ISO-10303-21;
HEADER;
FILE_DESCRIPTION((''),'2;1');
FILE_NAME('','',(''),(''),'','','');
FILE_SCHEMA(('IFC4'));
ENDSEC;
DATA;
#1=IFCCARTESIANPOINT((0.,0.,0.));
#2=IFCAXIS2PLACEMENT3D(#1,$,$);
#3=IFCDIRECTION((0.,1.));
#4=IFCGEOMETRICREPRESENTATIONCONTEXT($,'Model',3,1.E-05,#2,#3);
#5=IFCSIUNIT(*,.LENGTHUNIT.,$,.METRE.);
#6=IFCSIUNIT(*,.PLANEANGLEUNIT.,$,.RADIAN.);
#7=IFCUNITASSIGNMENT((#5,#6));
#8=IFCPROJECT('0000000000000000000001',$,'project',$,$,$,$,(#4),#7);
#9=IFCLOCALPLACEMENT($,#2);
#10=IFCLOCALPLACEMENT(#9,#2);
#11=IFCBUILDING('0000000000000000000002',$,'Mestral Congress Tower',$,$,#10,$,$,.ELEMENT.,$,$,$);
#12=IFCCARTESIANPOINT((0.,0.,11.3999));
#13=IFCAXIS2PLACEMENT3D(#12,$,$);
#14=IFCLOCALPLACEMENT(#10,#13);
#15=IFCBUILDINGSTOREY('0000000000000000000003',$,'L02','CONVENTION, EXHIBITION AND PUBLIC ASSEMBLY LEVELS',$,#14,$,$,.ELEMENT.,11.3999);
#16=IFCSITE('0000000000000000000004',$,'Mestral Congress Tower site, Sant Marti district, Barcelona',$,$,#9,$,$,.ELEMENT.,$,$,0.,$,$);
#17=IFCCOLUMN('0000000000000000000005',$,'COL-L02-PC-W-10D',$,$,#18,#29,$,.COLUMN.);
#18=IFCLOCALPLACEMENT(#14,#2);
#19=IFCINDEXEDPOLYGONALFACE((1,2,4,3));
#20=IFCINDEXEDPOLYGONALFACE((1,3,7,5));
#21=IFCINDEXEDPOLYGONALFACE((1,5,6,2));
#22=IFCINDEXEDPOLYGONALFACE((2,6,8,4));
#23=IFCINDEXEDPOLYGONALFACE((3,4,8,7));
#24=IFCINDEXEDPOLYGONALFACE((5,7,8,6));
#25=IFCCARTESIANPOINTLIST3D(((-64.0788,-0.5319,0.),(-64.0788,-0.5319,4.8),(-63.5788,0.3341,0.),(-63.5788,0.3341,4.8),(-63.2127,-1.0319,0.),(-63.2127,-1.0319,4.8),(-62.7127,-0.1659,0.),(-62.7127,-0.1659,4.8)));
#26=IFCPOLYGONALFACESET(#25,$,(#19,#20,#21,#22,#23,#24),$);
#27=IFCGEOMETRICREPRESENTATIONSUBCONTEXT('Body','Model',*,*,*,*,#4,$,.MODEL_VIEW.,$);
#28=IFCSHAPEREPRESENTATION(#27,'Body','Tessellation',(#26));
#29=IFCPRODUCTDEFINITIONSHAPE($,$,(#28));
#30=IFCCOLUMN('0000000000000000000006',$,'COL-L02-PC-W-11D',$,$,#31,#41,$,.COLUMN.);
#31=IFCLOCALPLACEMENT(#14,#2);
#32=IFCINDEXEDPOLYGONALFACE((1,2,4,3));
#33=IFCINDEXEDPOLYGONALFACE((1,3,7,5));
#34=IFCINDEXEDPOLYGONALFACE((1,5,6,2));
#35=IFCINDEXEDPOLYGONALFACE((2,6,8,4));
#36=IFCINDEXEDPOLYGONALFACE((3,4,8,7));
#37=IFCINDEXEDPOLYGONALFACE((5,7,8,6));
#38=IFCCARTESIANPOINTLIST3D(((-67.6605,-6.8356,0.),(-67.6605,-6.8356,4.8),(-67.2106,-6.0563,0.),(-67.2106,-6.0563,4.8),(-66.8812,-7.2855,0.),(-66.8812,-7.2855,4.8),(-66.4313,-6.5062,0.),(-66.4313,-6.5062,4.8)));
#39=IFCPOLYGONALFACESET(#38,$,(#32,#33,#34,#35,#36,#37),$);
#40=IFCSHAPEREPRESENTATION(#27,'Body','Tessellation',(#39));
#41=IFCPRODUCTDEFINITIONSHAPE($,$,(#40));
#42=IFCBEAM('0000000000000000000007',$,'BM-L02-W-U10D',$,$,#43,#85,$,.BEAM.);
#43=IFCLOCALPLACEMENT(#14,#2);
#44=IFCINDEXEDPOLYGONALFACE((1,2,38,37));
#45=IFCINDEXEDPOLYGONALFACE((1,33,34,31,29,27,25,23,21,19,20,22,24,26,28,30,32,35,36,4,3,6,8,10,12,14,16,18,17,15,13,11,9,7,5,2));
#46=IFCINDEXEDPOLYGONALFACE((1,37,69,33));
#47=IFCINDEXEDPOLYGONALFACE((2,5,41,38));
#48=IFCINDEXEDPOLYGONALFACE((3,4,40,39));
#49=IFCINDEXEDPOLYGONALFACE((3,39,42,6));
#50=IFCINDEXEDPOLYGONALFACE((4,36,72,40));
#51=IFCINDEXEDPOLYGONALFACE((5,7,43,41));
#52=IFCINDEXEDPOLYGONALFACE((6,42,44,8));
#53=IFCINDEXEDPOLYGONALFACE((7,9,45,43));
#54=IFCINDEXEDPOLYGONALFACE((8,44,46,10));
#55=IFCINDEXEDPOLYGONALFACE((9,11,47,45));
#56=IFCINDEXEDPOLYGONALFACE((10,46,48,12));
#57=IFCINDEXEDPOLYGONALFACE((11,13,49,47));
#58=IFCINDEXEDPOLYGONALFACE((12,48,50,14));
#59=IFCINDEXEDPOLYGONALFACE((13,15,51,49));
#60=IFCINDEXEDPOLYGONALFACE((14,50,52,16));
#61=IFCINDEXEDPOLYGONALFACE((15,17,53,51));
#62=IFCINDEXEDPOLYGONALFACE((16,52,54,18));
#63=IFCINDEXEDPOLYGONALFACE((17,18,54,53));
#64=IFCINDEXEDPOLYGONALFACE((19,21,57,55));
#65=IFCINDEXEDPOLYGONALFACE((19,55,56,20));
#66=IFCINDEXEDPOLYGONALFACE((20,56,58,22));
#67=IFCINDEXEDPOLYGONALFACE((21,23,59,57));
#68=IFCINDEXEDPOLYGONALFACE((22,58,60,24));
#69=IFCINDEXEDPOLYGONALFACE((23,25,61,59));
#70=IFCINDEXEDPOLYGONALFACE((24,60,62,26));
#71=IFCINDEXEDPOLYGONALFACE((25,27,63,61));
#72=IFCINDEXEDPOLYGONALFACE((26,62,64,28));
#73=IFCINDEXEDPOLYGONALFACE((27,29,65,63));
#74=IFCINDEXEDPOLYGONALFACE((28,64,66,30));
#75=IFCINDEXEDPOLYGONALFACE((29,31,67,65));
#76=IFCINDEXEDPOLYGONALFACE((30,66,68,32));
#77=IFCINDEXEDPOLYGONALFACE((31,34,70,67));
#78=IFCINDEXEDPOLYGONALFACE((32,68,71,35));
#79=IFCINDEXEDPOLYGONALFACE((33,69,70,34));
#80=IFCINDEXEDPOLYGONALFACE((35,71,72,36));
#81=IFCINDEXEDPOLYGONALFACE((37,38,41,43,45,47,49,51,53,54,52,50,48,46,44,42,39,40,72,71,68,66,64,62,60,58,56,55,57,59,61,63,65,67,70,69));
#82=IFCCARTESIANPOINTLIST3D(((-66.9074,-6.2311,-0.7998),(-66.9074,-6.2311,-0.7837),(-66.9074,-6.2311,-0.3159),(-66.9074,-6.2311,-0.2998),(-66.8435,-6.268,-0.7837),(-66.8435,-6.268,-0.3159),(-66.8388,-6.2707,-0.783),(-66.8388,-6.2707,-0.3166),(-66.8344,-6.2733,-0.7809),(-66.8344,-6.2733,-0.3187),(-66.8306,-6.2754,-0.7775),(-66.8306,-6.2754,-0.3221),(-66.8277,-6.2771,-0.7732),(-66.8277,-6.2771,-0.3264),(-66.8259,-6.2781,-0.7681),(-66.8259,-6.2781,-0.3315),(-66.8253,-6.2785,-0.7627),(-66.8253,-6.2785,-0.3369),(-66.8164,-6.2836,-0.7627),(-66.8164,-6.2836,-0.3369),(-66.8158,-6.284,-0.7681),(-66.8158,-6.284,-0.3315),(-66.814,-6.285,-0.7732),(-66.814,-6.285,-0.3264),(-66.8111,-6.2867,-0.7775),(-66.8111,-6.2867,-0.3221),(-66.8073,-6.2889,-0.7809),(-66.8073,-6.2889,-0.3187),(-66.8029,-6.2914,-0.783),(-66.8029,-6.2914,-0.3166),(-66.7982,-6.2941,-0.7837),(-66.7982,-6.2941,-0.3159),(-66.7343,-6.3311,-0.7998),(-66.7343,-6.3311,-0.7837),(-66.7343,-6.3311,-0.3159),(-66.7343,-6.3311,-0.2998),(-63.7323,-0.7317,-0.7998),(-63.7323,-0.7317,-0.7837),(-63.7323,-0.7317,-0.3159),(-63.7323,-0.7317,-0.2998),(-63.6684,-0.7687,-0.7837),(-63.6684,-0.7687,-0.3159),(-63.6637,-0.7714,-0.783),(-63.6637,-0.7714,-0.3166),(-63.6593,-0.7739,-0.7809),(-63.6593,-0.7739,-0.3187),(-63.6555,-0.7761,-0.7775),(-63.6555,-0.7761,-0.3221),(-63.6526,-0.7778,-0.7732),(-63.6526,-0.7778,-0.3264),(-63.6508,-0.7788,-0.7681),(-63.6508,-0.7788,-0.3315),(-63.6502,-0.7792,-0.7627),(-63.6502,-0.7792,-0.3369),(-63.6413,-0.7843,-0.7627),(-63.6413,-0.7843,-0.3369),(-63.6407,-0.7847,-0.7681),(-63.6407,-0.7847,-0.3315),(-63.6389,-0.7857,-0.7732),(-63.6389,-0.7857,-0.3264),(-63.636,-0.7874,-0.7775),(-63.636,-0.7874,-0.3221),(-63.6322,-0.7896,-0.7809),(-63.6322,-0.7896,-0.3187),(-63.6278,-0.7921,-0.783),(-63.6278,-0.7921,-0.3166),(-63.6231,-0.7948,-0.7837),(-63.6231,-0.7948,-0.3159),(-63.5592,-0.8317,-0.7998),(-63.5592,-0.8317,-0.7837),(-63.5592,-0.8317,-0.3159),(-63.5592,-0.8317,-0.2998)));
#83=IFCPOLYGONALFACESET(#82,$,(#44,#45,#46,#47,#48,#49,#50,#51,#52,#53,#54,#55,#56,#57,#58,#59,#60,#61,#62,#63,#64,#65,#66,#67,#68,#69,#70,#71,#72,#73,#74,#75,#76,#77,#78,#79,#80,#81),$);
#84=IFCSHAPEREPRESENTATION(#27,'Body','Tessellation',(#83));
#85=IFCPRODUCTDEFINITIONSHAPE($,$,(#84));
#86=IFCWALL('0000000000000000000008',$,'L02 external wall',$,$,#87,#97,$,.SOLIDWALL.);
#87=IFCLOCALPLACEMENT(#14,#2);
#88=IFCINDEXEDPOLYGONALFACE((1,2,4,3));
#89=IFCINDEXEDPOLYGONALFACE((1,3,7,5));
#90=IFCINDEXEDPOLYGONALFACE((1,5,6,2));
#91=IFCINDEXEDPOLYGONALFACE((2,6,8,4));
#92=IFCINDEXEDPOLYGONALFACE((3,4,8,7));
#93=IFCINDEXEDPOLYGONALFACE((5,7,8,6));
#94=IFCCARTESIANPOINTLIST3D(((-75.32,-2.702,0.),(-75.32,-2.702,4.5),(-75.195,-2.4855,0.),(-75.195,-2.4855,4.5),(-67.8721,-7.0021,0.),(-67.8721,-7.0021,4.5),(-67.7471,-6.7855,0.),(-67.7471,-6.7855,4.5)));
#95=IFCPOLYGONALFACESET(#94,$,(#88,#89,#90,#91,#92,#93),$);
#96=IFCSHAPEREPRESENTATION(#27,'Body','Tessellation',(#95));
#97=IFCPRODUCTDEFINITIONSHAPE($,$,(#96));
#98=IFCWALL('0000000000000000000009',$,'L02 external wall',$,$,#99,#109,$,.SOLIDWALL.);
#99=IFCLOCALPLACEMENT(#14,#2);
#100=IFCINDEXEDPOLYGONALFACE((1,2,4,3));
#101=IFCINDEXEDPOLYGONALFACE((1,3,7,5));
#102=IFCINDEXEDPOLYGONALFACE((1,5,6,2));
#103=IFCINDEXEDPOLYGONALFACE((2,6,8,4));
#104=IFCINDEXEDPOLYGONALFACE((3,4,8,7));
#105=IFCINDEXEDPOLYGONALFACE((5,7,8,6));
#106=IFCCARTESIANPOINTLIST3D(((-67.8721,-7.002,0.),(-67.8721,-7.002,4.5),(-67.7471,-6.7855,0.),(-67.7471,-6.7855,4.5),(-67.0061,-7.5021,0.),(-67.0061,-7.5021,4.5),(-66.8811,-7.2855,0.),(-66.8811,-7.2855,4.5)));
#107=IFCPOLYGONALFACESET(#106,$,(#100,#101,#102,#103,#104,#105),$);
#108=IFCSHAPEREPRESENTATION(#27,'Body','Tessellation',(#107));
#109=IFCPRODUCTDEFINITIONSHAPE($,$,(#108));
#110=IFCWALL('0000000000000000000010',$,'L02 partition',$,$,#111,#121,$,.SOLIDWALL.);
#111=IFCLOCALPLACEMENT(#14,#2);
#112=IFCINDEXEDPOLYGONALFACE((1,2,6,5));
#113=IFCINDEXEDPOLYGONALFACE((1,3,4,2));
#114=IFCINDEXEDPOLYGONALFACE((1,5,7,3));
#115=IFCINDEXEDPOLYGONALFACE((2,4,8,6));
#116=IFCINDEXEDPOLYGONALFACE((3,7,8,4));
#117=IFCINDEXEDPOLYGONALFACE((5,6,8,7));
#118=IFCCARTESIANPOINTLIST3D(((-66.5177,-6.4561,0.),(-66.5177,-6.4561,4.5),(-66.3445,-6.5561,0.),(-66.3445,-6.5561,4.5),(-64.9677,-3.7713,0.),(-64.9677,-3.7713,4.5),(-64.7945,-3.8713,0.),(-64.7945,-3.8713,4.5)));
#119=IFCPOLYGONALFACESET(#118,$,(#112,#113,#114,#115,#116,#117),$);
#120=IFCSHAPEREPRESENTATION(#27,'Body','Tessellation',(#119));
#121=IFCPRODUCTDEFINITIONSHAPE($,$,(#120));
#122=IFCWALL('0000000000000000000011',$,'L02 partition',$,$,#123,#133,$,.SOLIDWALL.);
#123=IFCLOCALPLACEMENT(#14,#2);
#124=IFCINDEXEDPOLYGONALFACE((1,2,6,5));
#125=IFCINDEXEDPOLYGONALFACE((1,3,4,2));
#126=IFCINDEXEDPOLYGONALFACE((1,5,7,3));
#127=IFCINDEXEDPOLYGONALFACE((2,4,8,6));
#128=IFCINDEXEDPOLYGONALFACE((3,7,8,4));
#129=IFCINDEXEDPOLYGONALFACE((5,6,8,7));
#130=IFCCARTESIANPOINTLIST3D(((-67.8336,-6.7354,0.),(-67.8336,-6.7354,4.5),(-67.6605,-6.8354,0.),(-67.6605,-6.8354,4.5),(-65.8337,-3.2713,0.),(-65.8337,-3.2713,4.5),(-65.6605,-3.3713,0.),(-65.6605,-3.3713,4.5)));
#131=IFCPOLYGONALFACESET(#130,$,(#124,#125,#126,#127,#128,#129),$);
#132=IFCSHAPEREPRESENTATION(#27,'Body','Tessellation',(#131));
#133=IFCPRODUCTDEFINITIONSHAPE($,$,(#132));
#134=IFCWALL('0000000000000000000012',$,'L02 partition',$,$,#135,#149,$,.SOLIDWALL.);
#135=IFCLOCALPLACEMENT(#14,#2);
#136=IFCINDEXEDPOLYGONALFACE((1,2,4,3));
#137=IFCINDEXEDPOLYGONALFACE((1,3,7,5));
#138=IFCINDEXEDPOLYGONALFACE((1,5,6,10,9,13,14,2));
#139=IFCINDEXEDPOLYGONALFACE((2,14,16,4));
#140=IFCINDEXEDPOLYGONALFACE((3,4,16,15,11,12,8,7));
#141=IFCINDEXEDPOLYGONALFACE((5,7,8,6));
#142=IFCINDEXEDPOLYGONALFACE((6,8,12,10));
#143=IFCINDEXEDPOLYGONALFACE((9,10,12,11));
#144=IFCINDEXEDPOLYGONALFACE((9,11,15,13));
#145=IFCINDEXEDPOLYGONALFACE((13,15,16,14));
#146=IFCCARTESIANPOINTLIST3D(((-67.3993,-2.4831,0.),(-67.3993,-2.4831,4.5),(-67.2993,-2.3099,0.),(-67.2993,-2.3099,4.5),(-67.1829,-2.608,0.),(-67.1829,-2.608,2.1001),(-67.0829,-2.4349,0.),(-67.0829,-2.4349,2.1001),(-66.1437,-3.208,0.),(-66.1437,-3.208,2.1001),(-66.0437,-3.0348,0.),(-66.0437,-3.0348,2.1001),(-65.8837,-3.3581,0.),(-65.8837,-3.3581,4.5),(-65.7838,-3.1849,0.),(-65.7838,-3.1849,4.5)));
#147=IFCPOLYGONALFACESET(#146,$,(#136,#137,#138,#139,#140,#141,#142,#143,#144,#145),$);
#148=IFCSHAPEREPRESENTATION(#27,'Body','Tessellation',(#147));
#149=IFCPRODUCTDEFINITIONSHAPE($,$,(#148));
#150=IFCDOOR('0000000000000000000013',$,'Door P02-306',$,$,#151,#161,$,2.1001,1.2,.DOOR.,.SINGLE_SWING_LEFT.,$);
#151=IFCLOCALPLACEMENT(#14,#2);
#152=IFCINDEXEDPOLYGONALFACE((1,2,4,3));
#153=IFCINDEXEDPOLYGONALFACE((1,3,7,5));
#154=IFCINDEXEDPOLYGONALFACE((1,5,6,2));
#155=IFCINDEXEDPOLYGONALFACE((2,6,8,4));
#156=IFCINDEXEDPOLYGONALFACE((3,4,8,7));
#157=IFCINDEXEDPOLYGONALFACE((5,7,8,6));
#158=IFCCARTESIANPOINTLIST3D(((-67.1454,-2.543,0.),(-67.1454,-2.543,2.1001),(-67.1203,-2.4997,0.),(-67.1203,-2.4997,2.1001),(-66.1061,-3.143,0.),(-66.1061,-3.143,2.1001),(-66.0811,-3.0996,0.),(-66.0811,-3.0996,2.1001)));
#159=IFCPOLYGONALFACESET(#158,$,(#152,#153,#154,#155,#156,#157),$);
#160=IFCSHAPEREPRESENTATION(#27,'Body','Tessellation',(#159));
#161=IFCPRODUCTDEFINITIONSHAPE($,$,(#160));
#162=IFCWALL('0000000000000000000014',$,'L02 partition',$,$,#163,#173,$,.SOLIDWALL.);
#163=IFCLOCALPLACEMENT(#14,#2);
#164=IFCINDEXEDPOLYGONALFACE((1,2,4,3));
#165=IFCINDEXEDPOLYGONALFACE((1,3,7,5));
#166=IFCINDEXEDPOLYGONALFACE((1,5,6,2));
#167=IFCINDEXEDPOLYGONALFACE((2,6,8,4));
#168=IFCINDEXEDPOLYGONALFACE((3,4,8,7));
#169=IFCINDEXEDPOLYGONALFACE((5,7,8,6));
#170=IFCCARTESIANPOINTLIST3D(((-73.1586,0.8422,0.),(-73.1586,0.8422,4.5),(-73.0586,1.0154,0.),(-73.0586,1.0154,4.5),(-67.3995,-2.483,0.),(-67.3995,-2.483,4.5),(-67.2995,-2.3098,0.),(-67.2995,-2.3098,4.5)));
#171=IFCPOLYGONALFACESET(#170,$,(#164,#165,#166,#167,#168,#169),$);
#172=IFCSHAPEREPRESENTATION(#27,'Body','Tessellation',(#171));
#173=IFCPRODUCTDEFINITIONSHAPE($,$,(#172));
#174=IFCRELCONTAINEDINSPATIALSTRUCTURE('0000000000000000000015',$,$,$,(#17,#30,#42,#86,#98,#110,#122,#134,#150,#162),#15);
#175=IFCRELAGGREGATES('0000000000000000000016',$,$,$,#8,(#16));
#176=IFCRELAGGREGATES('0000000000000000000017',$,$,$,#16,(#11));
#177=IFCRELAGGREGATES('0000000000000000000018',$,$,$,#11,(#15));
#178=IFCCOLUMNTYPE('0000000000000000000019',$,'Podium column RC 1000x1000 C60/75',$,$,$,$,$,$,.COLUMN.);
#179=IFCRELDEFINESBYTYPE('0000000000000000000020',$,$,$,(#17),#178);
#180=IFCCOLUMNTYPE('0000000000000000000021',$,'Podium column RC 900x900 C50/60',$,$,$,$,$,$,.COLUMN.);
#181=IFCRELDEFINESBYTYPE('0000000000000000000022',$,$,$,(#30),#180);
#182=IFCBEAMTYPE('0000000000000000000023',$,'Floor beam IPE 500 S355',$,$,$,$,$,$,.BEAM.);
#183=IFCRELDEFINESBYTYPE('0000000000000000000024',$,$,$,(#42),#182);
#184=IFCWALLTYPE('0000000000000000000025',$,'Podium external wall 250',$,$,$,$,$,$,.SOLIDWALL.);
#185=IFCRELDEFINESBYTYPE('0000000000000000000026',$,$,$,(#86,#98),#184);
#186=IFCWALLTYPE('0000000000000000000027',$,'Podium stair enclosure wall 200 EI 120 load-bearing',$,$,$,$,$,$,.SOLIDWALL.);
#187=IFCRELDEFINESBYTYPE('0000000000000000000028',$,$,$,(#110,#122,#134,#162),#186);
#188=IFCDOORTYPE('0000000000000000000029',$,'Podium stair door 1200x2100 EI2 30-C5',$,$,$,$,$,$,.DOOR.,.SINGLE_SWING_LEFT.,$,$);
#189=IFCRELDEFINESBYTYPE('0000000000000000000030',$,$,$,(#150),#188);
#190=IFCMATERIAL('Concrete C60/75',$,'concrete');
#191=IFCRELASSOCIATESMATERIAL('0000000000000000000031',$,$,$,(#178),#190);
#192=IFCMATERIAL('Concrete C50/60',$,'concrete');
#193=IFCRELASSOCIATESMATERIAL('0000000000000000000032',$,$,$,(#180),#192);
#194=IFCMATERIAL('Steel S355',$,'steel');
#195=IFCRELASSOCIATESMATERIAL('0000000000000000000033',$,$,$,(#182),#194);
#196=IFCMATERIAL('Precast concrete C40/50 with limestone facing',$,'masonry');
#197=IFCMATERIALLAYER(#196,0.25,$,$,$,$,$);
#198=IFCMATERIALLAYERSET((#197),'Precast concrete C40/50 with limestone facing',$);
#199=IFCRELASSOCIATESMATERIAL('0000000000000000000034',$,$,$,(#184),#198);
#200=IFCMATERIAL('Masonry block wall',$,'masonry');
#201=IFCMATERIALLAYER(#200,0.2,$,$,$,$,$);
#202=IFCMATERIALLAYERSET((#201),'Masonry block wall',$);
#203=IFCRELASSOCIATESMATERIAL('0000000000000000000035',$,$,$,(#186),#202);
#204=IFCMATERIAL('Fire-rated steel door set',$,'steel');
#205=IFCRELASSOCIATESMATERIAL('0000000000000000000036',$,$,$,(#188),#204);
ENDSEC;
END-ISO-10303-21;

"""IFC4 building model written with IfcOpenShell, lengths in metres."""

from ifc_helpers import new_model, si_unit, direction, frame, frame_2d, origin, origin_2d, place, context, subcontext, project, spatial, rectangle, i_section, extrude, material, layer, layer_set, material_profile, profile_set, type_object, element, fill, save


model = new_model("IFC4")

# Units and contexts
model_context = context("Model", 3, precision=1e-05, world=origin(), true_north=direction((0.0, 1.0)))
body_context = subcontext(model_context, "Body", "Model", "MODEL_VIEW")
ifc_project = project(units=[si_unit("LENGTHUNIT", "METRE"), si_unit("PLANEANGLEUNIT", "RADIAN")], contexts=[model_context])

# Site, building, storey
site_placement = place(None, origin())
site = spatial("IfcSite", under=ifc_project, at=site_placement, Name="Mestral Congress Tower site, Sant Marti district, Barcelona", CompositionType="ELEMENT", RefElevation=0.0)
building_placement = place(site_placement, origin())
building = spatial("IfcBuilding", under=site, at=building_placement, Name="Mestral Congress Tower", CompositionType="ELEMENT")
storey_placement = place(building_placement, frame((0.0, 0.0, 11.3999)))
storey = spatial("IfcBuildingStorey", under=building, at=storey_placement, Name="L02", Description="CONVENTION, EXHIBITION AND PUBLIC ASSEMBLY LEVELS", CompositionType="ELEMENT", Elevation=11.3999)

# Columns
ifc_material_1 = material(Name="Concrete C60/75", Category="concrete")
ifc_material_profile_1 = material_profile(ifc_material_1, rectangle(XDim=1.0, YDim=1.0, at=origin_2d()), Name="RC 1000x1000")
ifc_profile_set_1 = profile_set([ifc_material_profile_1], Name="Concrete C60/75")
column_type_1 = type_object("IfcColumnType", Name="Podium column RC 1000x1000 C60/75", PredefinedType="COLUMN", material=ifc_profile_set_1)
column_1_placement = place(storey_placement, frame((-63.3958, -0.3489, 0.0), z_axis=(0.0, 0.0, 1.0), x_axis=(-0.5, -0.866025, 0.0)))
element("IfcColumn", 1, at=column_1_placement, inside=storey, type_object=column_type_1, Name="COL-L02-PC-W-10D", PredefinedType="COLUMN", context=body_context, shape_type="SweptSolid", body=[
    extrude(rectangle(XDim=1.0, YDim=1.0, at=origin_2d()), origin(), (0.0, 0.0, 1.0), 4.8),
])
ifc_material_2 = material(Name="Concrete C50/60", Category="concrete")
ifc_material_profile_2 = material_profile(ifc_material_2, rectangle(XDim=0.8999, YDim=0.8999, at=origin_2d()), Name="RC 900x900")
ifc_profile_set_2 = profile_set([ifc_material_profile_2], Name="Concrete C50/60")
column_type_2 = type_object("IfcColumnType", Name="Podium column RC 900x900 C50/60", PredefinedType="COLUMN", material=ifc_profile_set_2)
column_2_placement = place(storey_placement, frame((-67.0459, -6.6709, 0.0), z_axis=(0.0, 0.0, 1.0), x_axis=(-0.5, -0.866025, 0.0)))
element("IfcColumn", 2, at=column_2_placement, inside=storey, type_object=column_type_2, Name="COL-L02-PC-W-11D", PredefinedType="COLUMN", context=body_context, shape_type="SweptSolid", body=[
    extrude(rectangle(XDim=0.8999, YDim=0.8999, at=origin_2d()), origin(), (0.0, 0.0, 1.0), 4.8),
])

# Beam
ifc_material_3 = material(Name="Steel S355", Category="steel")
ifc_material_profile_3 = material_profile(ifc_material_3, i_section(OverallWidth=0.2, OverallDepth=0.5, WebThickness=0.0103, FlangeThickness=0.0161, FilletRadius=0.021, at=origin_2d()), Name="IPE 500")
ifc_profile_set_3 = profile_set([ifc_material_profile_3], Name="Steel S355")
beam_type = type_object("IfcBeamType", Name="Floor beam IPE 500 S355", PredefinedType="BEAM", material=ifc_profile_set_3)
beam_placement = place(storey_placement, frame((-63.6458, -0.7817, -0.5498), z_axis=(-0.500005, -0.866022, 0.0), x_axis=(0.866022, -0.500005, 0.0)))
element("IfcBeam", 3, at=beam_placement, inside=storey, type_object=beam_type, Name="BM-L02-W-U10D", PredefinedType="BEAM", context=body_context, shape_type="SweptSolid", body=[
    extrude(i_section(OverallWidth=0.2, OverallDepth=0.5, WebThickness=0.0103, FlangeThickness=0.0161, FilletRadius=0.021, at=origin_2d()), origin(), (0.0, 0.0, 1.0), 6.3501),
])

# Walls
ifc_material_4 = material(Name="Precast concrete C40/50 with limestone facing", Category="masonry")
ifc_layer_1 = layer(ifc_material_4, 0.25)
ifc_layer_set_1 = layer_set([ifc_layer_1], Name="Precast concrete C40/50 with limestone facing")
wall_type_1 = type_object("IfcWallType", Name="Podium external wall 250", PredefinedType="SOLIDWALL", material=ifc_layer_set_1)
wall_1_placement = place(storey_placement, frame((-67.8096, -6.8938, 0.0), z_axis=(0.0, 0.0, 1.0), x_axis=(-0.866028, 0.499995, 0.0)))
element("IfcWall", 4, at=wall_1_placement, inside=storey, type_object=wall_type_1, Name="L02 external wall", PredefinedType="SOLIDWALL", context=body_context, shape_type="SweptSolid", body=[
    extrude(rectangle(XDim=8.6001, YDim=0.25, at=frame_2d((4.3, 0.0))), origin(), (0.0, 0.0, 1.0), 4.5),
])
wall_2_placement = place(storey_placement, frame((-66.9436, -7.3938, 0.0), z_axis=(0.0, 0.0, 1.0), x_axis=(-0.866011, 0.500025, 0.0)))
element("IfcWall", 5, at=wall_2_placement, inside=storey, type_object=wall_type_1, Name="L02 external wall", PredefinedType="SOLIDWALL", context=body_context, shape_type="SweptSolid", body=[
    extrude(rectangle(XDim=1.0, YDim=0.25, at=frame_2d((0.5, 0.0))), origin(), (0.0, 0.0, 1.0), 4.5),
])
ifc_material_5 = material(Name="Masonry block wall", Category="masonry")
ifc_layer_2 = layer(ifc_material_5, 0.2)
ifc_layer_set_2 = layer_set([ifc_layer_2], Name="Masonry block wall")
wall_type_2 = type_object("IfcWallType", Name="Podium stair enclosure wall 200 EI 120 load-bearing", PredefinedType="SOLIDWALL", material=ifc_layer_set_2)
wall_3_placement = place(storey_placement, frame((-64.8811, -3.8213, 0.0), z_axis=(0.0, 0.0, 1.0), x_axis=(-0.499993, -0.86603, 0.0)))
element("IfcWall", 6, at=wall_3_placement, inside=storey, type_object=wall_type_2, Name="L02 partition", PredefinedType="SOLIDWALL", context=body_context, shape_type="SweptSolid", body=[
    extrude(rectangle(XDim=3.1001, YDim=0.2, at=frame_2d((1.55, 0.0))), origin(), (0.0, 0.0, 1.0), 4.5),
])
wall_4_placement = place(storey_placement, frame((-65.7471, -3.3213, 0.0), z_axis=(0.0, 0.0, 1.0), x_axis=(-0.499999, -0.866026, 0.0)))
element("IfcWall", 7, at=wall_4_placement, inside=storey, type_object=wall_type_2, Name="L02 partition", PredefinedType="SOLIDWALL", context=body_context, shape_type="SweptSolid", body=[
    extrude(rectangle(XDim=4.0, YDim=0.2, at=frame_2d((2.0, 0.0))), origin(), (0.0, 0.0, 1.0), 4.5),
])

# Wall, opening, door
wall_5_placement = place(storey_placement, frame((-65.8337, -3.2715, 0.0), z_axis=(0.0, 0.0, 1.0), x_axis=(-0.866037, 0.49998, 0.0)))
wall_5 = element("IfcWall", 8, at=wall_5_placement, inside=storey, type_object=wall_type_2, Name="L02 partition", PredefinedType="SOLIDWALL", context=body_context, shape_type="SweptSolid", body=[
    extrude(rectangle(XDim=1.75, YDim=0.2, at=frame_2d((0.875, 0.0))), origin(), (0.0, 0.0, 1.0), 4.5),
])
opening_1_placement = place(wall_5_placement, frame((0.3, 0.0, 0.0)))
opening_1 = element("IfcOpeningElement", 9, at=opening_1_placement, cuts=wall_5, PredefinedType="OPENING", context=body_context, shape_type="SweptSolid", body=[
    extrude(rectangle(XDim=1.2, YDim=2.1001, at=frame_2d((0.6001, 1.05))), frame((0.0, 0.1099, 0.0), z_axis=(0.0, -1.0, 0.0), x_axis=(1.0, 0.0, 0.0)), (0.0, 0.0, 1.0), 0.22),
])
ifc_material_6 = material(Name="Fire-rated steel door set", Category="steel")
door_type_1 = type_object("IfcDoorType", Name="Podium stair door 1200x2100 EI2 30-C5", OperationType="SINGLE_SWING_LEFT", PredefinedType="DOOR", material=ifc_material_6)
door_1_placement = place(opening_1_placement, origin())
door_1 = element("IfcDoor", 10, at=door_1_placement, inside=storey, type_object=door_type_1, Name="Door P02-306", OperationType="SINGLE_SWING_LEFT", OverallHeight=2.1001, OverallWidth=1.2, PredefinedType="DOOR", context=body_context, shape_type="SweptSolid", body=[
    extrude(rectangle(XDim=1.2, YDim=2.1001, at=frame_2d((0.6001, 1.05))), frame((0.0, 0.0249, 0.0), z_axis=(0.0, -1.0, 0.0), x_axis=(1.0, 0.0, 0.0)), (0.0, 0.0, 1.0), 0.05),
])
fill(opening_1, door_1)

# Wall
wall_6_placement = place(storey_placement, frame((-67.3494, -2.3965, 0.0), z_axis=(0.0, 0.0, 1.0), x_axis=(-0.866011, 0.500024, 0.0)))
element("IfcWall", 11, at=wall_6_placement, inside=storey, type_object=wall_type_2, Name="L02 partition", PredefinedType="SOLIDWALL", context=body_context, shape_type="SweptSolid", body=[
    extrude(rectangle(XDim=6.6501, YDim=0.2, at=frame_2d((3.3252, 0.0))), origin(), (0.0, 0.0, 1.0), 4.5),
])

save(model, "model.ifc")
